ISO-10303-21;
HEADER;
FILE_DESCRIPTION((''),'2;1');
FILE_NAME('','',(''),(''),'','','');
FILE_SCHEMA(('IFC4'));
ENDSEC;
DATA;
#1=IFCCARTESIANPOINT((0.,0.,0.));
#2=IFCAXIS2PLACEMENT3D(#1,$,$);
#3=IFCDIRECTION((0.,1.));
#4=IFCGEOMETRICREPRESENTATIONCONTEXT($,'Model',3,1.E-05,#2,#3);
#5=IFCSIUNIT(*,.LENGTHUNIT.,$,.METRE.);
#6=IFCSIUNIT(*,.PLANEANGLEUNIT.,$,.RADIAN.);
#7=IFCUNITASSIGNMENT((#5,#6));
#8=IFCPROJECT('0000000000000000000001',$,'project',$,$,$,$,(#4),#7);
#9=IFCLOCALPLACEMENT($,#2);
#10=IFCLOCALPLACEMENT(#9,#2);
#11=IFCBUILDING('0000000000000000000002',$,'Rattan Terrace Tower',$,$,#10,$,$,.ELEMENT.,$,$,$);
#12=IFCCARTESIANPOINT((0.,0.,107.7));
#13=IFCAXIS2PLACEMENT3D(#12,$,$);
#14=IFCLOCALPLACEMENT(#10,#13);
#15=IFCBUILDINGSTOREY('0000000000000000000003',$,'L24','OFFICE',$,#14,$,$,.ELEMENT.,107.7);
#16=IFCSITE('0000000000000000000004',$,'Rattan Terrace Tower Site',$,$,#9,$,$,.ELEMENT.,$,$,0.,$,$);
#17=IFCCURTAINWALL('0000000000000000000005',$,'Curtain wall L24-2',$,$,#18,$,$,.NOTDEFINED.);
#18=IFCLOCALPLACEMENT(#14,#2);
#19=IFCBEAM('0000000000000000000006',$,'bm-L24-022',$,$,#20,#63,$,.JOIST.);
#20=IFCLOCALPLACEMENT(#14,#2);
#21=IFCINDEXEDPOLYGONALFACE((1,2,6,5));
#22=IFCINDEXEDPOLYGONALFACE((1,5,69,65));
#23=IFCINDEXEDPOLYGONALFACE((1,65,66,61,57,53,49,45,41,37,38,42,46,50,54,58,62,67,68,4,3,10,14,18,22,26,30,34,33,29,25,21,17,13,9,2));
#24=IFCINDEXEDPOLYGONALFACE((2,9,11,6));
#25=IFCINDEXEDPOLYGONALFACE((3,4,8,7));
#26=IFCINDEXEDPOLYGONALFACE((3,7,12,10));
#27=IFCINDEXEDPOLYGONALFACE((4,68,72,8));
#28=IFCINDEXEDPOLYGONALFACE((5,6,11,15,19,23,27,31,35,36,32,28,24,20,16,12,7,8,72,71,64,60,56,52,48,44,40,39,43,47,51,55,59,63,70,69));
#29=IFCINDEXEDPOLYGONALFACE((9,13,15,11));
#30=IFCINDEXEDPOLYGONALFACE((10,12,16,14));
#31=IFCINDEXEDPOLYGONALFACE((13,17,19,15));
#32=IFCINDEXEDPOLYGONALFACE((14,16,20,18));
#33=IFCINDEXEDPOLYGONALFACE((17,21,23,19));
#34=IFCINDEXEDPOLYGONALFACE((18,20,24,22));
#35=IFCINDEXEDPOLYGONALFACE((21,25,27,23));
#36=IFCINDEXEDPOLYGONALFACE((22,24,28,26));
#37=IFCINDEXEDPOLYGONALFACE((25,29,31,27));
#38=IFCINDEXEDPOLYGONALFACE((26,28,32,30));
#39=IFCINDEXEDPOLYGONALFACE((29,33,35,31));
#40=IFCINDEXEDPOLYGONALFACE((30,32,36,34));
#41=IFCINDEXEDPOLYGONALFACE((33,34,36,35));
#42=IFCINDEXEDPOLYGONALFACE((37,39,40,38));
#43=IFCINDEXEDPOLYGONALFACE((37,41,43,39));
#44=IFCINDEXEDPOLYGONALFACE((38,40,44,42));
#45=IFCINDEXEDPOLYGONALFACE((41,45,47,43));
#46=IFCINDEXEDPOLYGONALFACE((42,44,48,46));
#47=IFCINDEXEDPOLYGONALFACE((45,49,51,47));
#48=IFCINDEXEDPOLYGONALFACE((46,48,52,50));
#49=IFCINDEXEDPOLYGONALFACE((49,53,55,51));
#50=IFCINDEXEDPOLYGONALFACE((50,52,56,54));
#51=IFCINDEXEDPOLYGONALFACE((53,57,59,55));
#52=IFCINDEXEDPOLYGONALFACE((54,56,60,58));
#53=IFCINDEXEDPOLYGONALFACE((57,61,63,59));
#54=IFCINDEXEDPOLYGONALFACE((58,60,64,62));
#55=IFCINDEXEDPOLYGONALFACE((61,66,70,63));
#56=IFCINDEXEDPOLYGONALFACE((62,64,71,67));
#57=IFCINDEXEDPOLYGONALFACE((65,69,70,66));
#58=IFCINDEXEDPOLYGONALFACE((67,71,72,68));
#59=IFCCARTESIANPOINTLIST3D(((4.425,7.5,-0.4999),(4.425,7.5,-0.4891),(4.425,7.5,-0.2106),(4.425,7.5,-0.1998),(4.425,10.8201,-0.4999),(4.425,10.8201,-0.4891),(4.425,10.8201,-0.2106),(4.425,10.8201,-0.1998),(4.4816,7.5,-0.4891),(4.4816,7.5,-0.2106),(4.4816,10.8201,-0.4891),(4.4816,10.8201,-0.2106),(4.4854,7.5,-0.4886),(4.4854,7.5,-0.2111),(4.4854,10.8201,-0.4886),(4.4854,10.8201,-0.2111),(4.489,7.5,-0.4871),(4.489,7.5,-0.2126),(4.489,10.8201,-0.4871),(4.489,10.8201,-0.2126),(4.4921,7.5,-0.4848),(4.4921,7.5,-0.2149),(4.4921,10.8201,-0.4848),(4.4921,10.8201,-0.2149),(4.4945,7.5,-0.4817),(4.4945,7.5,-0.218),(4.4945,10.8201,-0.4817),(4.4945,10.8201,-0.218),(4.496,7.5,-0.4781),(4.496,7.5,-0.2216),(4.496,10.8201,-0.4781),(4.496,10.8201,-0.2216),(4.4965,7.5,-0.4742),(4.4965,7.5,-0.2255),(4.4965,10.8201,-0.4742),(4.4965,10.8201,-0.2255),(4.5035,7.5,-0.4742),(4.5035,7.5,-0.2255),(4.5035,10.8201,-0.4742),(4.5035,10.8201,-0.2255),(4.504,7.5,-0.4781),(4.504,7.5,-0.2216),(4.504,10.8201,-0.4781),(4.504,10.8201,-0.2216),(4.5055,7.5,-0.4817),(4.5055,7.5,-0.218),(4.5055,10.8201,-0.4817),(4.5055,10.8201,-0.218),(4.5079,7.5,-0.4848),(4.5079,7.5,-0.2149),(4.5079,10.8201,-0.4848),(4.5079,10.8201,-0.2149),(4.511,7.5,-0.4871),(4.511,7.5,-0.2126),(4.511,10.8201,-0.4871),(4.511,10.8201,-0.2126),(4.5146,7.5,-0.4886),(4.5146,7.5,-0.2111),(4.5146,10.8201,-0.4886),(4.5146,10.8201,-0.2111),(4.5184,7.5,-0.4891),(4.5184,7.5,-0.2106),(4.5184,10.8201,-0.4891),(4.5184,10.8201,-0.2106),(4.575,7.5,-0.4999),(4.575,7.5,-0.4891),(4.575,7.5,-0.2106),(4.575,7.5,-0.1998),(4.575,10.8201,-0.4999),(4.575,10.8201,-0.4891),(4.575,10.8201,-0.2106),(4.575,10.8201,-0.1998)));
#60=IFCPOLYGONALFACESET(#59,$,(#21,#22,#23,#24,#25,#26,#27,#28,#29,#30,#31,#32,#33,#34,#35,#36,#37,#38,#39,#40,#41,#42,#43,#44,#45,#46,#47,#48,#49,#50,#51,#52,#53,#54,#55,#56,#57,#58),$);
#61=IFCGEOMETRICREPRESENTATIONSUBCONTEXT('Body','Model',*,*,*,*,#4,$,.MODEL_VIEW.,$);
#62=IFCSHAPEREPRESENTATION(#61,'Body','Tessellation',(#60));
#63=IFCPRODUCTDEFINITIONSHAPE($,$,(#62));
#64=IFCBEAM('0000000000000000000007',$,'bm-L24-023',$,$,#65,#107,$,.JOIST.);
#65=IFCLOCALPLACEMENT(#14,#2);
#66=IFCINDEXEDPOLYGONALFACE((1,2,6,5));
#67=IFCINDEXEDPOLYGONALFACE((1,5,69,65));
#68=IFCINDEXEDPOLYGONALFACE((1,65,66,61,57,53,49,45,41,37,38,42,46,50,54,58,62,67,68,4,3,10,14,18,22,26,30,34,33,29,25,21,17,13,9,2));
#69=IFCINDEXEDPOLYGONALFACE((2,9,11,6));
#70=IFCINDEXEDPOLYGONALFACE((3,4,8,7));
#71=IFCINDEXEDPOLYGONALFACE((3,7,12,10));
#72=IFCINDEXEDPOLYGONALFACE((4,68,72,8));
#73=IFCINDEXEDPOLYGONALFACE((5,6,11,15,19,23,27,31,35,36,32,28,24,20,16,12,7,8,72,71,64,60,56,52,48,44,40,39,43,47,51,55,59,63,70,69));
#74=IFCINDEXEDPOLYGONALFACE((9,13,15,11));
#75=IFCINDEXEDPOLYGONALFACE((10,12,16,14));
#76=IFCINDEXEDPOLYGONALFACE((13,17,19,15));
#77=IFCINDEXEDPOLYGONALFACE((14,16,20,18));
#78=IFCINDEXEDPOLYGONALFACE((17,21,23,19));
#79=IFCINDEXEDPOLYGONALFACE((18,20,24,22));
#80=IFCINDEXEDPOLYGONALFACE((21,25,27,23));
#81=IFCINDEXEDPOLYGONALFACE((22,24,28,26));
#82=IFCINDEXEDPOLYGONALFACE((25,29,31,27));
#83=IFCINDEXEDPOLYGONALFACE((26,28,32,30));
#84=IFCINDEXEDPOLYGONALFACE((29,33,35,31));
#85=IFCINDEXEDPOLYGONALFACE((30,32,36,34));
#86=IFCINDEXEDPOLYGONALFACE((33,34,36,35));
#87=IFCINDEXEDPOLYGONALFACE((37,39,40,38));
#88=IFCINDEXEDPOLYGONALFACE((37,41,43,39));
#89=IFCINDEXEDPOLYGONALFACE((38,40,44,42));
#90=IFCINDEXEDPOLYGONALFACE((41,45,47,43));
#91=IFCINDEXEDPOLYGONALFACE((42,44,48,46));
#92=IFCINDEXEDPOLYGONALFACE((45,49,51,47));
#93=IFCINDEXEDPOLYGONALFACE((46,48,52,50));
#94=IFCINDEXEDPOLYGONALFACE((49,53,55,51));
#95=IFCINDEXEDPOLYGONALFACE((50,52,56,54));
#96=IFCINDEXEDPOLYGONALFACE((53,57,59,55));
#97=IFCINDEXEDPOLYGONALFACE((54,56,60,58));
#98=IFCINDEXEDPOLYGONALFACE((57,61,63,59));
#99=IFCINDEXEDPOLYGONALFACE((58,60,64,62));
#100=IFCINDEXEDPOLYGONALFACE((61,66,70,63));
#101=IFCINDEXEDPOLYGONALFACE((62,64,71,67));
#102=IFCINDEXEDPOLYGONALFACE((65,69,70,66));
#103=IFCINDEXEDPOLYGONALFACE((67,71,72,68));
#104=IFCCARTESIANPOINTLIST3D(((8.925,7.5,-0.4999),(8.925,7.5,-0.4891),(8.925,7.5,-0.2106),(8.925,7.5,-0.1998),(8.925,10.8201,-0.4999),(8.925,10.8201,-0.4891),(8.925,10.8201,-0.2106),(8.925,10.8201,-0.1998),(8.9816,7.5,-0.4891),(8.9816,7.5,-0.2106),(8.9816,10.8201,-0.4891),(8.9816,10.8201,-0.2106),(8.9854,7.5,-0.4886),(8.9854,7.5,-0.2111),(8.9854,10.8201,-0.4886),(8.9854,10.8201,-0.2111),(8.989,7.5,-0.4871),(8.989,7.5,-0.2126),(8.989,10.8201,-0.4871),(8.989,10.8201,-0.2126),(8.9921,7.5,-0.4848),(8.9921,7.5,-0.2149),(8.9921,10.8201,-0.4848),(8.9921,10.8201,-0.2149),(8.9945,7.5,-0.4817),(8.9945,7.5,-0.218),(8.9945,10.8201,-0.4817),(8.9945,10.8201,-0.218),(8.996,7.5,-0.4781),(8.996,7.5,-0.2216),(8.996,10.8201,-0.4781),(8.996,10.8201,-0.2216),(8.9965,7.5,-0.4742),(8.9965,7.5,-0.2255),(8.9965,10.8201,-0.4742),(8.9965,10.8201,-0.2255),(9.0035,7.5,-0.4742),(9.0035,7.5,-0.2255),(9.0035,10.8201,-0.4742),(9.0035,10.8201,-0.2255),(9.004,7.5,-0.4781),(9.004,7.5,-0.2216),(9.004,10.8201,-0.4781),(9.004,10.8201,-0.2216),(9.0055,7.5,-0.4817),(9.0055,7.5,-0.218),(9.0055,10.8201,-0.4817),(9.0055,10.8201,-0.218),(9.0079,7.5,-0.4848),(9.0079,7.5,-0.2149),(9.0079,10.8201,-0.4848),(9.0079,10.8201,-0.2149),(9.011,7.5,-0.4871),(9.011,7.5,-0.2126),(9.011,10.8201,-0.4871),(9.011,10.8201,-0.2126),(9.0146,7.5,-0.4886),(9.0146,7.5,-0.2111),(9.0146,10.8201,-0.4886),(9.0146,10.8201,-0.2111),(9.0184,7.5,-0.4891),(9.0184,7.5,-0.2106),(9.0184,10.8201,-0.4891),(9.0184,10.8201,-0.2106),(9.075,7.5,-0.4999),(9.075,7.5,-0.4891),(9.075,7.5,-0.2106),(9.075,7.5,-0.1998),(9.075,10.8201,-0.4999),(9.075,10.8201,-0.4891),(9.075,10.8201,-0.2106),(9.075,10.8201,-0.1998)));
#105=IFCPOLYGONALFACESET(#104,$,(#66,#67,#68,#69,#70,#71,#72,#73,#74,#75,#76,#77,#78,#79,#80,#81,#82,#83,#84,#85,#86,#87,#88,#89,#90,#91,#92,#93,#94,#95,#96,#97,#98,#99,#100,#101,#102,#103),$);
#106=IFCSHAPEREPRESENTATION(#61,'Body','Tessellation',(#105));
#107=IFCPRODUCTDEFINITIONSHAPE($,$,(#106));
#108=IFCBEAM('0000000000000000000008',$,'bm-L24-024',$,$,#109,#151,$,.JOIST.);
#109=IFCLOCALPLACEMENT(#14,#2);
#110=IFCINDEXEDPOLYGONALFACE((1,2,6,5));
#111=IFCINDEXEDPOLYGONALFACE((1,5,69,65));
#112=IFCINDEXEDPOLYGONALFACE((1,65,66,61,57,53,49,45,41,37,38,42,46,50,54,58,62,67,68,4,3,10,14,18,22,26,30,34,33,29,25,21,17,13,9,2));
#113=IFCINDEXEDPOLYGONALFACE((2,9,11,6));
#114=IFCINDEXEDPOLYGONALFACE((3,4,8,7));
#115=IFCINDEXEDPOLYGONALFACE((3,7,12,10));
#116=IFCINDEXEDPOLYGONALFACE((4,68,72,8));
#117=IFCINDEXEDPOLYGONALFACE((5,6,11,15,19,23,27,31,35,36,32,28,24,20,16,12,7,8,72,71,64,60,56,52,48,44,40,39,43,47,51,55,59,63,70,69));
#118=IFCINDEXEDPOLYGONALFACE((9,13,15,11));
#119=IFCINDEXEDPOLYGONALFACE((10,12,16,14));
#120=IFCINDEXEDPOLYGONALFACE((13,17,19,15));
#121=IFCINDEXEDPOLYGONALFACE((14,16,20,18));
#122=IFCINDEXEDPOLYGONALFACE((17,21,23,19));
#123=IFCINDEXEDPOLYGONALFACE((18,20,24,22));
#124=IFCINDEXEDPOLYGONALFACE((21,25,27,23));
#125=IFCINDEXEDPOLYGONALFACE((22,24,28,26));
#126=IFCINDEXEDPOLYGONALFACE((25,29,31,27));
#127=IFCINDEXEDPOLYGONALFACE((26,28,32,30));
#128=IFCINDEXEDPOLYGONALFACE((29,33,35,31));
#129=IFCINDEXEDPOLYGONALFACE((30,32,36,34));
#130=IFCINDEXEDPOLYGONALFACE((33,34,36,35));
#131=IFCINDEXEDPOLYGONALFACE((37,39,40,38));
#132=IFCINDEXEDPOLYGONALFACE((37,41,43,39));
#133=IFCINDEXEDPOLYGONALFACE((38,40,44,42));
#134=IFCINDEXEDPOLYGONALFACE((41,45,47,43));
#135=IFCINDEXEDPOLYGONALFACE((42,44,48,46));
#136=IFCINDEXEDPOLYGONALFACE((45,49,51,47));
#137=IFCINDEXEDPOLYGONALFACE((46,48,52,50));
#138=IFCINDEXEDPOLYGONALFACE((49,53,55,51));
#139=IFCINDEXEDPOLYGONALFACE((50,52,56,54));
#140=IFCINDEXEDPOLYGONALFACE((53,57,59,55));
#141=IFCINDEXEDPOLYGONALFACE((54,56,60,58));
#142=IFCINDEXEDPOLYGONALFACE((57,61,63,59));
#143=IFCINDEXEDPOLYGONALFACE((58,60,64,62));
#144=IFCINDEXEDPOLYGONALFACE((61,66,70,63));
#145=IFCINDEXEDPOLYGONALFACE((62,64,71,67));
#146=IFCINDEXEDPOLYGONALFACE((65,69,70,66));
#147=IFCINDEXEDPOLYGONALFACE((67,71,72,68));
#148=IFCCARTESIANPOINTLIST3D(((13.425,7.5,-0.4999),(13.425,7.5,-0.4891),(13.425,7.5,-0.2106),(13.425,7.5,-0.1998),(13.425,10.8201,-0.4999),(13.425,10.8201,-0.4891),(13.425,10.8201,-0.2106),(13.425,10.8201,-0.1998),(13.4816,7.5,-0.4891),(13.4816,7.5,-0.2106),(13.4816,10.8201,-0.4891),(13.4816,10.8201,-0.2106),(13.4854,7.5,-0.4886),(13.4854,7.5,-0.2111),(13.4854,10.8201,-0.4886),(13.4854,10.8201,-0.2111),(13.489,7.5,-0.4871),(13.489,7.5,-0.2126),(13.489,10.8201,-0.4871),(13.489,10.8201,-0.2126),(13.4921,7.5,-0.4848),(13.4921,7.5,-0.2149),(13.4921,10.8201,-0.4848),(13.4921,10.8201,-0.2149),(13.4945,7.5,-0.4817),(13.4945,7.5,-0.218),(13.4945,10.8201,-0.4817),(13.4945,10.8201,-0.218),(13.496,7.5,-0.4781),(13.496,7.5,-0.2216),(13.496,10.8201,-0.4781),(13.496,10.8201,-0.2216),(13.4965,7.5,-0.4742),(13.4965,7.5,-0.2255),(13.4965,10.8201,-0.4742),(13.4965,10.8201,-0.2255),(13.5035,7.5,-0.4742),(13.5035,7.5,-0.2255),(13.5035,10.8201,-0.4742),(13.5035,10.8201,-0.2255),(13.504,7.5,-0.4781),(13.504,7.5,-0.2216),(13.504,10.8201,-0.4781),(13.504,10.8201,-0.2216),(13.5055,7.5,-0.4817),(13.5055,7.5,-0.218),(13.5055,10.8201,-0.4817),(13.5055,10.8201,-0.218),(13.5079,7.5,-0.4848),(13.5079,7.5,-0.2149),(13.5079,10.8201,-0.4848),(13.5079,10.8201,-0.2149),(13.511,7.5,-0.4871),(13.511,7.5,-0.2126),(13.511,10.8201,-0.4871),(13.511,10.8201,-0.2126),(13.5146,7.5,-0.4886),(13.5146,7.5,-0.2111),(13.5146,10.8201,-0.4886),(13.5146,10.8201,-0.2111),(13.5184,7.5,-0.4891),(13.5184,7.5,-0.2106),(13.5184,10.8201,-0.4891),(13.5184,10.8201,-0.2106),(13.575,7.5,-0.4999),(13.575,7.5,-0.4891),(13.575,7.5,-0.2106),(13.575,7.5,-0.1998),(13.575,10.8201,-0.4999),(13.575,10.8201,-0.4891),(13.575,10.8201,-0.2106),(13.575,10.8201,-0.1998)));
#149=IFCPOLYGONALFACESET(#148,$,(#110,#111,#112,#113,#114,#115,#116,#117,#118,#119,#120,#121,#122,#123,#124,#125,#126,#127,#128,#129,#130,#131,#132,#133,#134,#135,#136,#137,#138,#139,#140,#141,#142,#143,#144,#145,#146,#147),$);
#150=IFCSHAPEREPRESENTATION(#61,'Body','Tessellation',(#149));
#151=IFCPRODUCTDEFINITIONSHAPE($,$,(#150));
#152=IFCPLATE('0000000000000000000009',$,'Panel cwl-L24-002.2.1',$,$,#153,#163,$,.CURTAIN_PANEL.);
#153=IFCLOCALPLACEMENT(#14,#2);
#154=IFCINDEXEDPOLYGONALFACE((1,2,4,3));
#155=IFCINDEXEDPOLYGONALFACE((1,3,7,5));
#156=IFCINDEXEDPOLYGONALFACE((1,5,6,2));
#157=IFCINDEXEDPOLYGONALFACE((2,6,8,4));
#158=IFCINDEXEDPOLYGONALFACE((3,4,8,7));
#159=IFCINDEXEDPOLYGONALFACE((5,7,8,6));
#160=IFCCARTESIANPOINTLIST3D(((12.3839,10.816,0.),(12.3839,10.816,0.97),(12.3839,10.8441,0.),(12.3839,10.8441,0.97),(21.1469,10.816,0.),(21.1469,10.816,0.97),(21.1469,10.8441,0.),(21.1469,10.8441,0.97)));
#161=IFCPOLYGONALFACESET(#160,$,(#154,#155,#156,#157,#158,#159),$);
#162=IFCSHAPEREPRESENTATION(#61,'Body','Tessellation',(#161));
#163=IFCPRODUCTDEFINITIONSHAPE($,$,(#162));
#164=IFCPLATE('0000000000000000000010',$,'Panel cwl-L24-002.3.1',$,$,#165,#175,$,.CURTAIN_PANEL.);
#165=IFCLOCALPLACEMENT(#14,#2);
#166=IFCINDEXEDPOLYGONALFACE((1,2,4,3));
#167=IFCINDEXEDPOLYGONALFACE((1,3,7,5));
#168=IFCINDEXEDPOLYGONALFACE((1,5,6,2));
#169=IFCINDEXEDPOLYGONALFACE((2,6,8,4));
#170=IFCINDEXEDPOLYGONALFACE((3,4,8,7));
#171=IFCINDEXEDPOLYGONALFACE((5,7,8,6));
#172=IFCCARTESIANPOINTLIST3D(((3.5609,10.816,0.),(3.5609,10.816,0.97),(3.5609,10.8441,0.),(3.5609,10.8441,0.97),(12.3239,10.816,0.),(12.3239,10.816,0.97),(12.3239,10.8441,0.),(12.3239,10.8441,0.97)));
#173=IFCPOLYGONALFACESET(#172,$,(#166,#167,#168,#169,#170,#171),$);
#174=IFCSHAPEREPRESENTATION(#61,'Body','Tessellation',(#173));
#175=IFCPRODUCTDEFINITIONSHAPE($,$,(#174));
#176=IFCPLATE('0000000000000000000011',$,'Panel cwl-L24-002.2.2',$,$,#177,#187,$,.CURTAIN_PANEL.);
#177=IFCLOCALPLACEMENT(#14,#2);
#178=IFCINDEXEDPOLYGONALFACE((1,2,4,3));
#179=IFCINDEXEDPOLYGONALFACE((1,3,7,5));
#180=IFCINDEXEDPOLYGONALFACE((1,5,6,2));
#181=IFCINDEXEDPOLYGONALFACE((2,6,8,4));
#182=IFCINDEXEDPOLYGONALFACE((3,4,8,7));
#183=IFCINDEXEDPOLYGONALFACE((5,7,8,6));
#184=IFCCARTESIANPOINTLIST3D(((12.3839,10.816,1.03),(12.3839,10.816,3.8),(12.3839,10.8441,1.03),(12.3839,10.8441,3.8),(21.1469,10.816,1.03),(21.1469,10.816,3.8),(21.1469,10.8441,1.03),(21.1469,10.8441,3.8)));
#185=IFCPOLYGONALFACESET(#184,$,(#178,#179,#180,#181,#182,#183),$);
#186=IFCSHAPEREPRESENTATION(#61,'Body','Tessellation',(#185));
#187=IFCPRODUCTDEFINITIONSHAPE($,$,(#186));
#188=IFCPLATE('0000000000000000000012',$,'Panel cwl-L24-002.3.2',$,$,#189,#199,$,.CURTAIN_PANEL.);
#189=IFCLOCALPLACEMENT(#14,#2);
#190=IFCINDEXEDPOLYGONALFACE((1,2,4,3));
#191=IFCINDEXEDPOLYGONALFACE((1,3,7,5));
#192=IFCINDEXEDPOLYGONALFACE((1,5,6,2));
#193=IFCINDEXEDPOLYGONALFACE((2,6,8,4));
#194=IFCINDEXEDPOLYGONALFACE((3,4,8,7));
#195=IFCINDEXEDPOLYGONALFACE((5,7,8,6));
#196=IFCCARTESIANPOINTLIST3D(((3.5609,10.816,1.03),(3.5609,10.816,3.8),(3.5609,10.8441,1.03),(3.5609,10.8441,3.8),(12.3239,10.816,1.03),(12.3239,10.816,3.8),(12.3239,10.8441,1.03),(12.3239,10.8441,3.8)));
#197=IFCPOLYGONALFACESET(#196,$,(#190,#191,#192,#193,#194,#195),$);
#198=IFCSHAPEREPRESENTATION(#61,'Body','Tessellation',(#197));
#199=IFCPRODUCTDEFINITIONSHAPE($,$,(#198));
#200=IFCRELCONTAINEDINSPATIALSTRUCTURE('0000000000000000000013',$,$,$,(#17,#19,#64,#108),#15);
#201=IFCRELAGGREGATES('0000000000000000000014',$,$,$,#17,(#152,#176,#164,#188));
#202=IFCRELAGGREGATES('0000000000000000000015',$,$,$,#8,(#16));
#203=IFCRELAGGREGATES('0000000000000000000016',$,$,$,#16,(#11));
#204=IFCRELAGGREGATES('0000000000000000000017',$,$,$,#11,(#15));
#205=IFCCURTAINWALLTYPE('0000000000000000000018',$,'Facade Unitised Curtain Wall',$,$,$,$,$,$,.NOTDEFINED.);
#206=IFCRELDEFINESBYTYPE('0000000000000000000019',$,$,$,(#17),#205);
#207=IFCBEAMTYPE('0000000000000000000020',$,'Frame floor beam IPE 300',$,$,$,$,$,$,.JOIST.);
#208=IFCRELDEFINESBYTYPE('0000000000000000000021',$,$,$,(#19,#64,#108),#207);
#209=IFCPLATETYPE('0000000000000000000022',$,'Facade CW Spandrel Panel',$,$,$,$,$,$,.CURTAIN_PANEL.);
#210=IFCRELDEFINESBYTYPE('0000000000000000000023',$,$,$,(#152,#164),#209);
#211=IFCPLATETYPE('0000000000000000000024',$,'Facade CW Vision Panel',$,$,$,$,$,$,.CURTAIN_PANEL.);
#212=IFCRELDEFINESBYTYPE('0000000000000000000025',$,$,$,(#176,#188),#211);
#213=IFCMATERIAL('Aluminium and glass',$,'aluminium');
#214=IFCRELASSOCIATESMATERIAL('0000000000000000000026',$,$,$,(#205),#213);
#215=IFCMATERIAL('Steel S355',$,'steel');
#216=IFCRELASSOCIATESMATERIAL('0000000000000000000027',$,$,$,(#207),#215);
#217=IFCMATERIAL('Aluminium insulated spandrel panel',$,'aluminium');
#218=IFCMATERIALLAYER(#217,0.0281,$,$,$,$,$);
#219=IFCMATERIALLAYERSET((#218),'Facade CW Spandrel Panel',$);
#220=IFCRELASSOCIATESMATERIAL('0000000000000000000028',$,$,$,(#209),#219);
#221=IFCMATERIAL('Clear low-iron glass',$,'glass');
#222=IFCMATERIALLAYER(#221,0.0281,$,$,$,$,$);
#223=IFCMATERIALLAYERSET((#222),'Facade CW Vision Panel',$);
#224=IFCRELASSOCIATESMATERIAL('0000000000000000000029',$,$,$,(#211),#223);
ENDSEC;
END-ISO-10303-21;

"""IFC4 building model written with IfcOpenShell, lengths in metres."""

from ifc_helpers import new_model, si_unit, direction, frame, origin, origin_2d, place, context, subcontext, project, spatial, rectangle, i_section, extrude, material, layer, layer_set, material_profile, profile_set, type_object, element, aggregate, save


model = new_model("IFC4")

# Units and contexts
model_context = context("Model", 3, precision=1e-05, world=origin(), true_north=direction((0.0, 1.0)))
body_context = subcontext(model_context, "Body", "Model", "MODEL_VIEW")
ifc_project = project(units=[si_unit("LENGTHUNIT", "METRE"), si_unit("PLANEANGLEUNIT", "RADIAN")], contexts=[model_context])

# Site, building, storey
site_placement = place(None, origin())
site = spatial("IfcSite", under=ifc_project, at=site_placement, Name="Rattan Terrace Tower Site", CompositionType="ELEMENT", RefElevation=0.0)
building_placement = place(site_placement, origin())
building = spatial("IfcBuilding", under=site, at=building_placement, Name="Rattan Terrace Tower", CompositionType="ELEMENT")
storey_placement = place(building_placement, frame((0.0, 0.0, 107.7)))
storey = spatial("IfcBuildingStorey", under=building, at=storey_placement, Name="L24", Description="OFFICE", CompositionType="ELEMENT", Elevation=107.7)

# Curtain wall
ifc_material_1 = material(Name="Aluminium and glass", Category="aluminium")
curtain_wall_type = type_object("IfcCurtainWallType", Name="Facade Unitised Curtain Wall", PredefinedType="NOTDEFINED", material=ifc_material_1)
curtain_wall_placement = place(storey_placement, origin())
curtain_wall = element("IfcCurtainWall", 1, at=curtain_wall_placement, inside=storey, type_object=curtain_wall_type, Name="Curtain wall L24-2", PredefinedType="NOTDEFINED")

# Beams
ifc_material_2 = material(Name="Steel S355", Category="steel")
ifc_material_profile_1 = material_profile(ifc_material_2, i_section(OverallWidth=0.1499, OverallDepth=0.3, WebThickness=0.0071, FlangeThickness=0.0107, FilletRadius=0.0149, at=origin_2d()), Name="IPE 300")
ifc_profile_set_1 = profile_set([ifc_material_profile_1], Name="Steel S355")
beam_type_1 = type_object("IfcBeamType", Name="Frame floor beam IPE 300", PredefinedType="JOIST", material=ifc_profile_set_1)
for number, where, z_axis, x_axis, name in (
    (2, (4.5, 7.5, -0.3499), (0.0, 1.0, 0.0), (-1.0, 0.0, 0.0), "bm-L24-022"),
    (3, (9.0, 7.5, -0.3499), (0.0, 1.0, 0.0), (-1.0, 0.0, 0.0), "bm-L24-023"),
    (4, (13.5, 7.5, -0.3499), (0.0, 1.0, 0.0), (-1.0, 0.0, 0.0), "bm-L24-024"),
):
    element("IfcBeam", number, at=place(storey_placement, frame(where, z_axis=z_axis, x_axis=x_axis)), inside=storey, type_object=beam_type_1, Name=name, PredefinedType="JOIST", context=body_context, shape_type="SweptSolid", body=[
        extrude(i_section(OverallWidth=0.1499, OverallDepth=0.3, WebThickness=0.0071, FlangeThickness=0.0107, FilletRadius=0.0149, at=origin_2d()), origin(), (0.0, 0.0, 1.0), 3.3201),
    ])

# Plates
ifc_material_3 = material(Name="Aluminium insulated spandrel panel", Category="aluminium")
ifc_layer_1 = layer(ifc_material_3, 0.0281)
ifc_layer_set_1 = layer_set([ifc_layer_1], Name="Facade CW Spandrel Panel")
plate_type_1 = type_object("IfcPlateType", Name="Facade CW Spandrel Panel", PredefinedType="CURTAIN_PANEL", material=ifc_layer_set_1)
plate_1_placement = place(storey_placement, frame((16.7654, 10.8301, 0.0), z_axis=(0.0, 0.0, 1.0), x_axis=(-1.0, 0.0, 0.0)))
plate_1 = element("IfcPlate", 5, at=plate_1_placement, type_object=plate_type_1, Name="Panel cwl-L24-002.2.1", PredefinedType="CURTAIN_PANEL", context=body_context, shape_type="SweptSolid", body=[
    extrude(rectangle(XDim=8.7629, YDim=0.0281, at=origin_2d()), origin(), (0.0, 0.0, 1.0), 0.97),
])
plate_2_placement = place(storey_placement, frame((7.9424, 10.8301, 0.0), z_axis=(0.0, 0.0, 1.0), x_axis=(-1.0, 0.0, 0.0)))
plate_2 = element("IfcPlate", 6, at=plate_2_placement, type_object=plate_type_1, Name="Panel cwl-L24-002.3.1", PredefinedType="CURTAIN_PANEL", context=body_context, shape_type="SweptSolid", body=[
    extrude(rectangle(XDim=8.7629, YDim=0.0281, at=origin_2d()), origin(), (0.0, 0.0, 1.0), 0.97),
])
ifc_material_4 = material(Name="Clear low-iron glass", Category="glass")
ifc_layer_2 = layer(ifc_material_4, 0.0281)
ifc_layer_set_2 = layer_set([ifc_layer_2], Name="Facade CW Vision Panel")
plate_type_2 = type_object("IfcPlateType", Name="Facade CW Vision Panel", PredefinedType="CURTAIN_PANEL", material=ifc_layer_set_2)
plate_3_placement = place(storey_placement, frame((16.7654, 10.8301, 1.03), z_axis=(0.0, 0.0, 1.0), x_axis=(-1.0, 0.0, 0.0)))
plate_3 = element("IfcPlate", 7, at=plate_3_placement, type_object=plate_type_2, Name="Panel cwl-L24-002.2.2", PredefinedType="CURTAIN_PANEL", context=body_context, shape_type="SweptSolid", body=[
    extrude(rectangle(XDim=8.7629, YDim=0.0281, at=origin_2d()), origin(), (0.0, 0.0, 1.0), 2.77),
])
plate_4_placement = place(storey_placement, frame((7.9424, 10.8301, 1.03), z_axis=(0.0, 0.0, 1.0), x_axis=(-1.0, 0.0, 0.0)))
plate_4 = element("IfcPlate", 8, at=plate_4_placement, type_object=plate_type_2, Name="Panel cwl-L24-002.3.2", PredefinedType="CURTAIN_PANEL", context=body_context, shape_type="SweptSolid", body=[
    extrude(rectangle(XDim=8.7629, YDim=0.0281, at=origin_2d()), origin(), (0.0, 0.0, 1.0), 2.77),
])
aggregate(curtain_wall, [plate_1, plate_3, plate_2, plate_4])

save(model, "model.ifc")
